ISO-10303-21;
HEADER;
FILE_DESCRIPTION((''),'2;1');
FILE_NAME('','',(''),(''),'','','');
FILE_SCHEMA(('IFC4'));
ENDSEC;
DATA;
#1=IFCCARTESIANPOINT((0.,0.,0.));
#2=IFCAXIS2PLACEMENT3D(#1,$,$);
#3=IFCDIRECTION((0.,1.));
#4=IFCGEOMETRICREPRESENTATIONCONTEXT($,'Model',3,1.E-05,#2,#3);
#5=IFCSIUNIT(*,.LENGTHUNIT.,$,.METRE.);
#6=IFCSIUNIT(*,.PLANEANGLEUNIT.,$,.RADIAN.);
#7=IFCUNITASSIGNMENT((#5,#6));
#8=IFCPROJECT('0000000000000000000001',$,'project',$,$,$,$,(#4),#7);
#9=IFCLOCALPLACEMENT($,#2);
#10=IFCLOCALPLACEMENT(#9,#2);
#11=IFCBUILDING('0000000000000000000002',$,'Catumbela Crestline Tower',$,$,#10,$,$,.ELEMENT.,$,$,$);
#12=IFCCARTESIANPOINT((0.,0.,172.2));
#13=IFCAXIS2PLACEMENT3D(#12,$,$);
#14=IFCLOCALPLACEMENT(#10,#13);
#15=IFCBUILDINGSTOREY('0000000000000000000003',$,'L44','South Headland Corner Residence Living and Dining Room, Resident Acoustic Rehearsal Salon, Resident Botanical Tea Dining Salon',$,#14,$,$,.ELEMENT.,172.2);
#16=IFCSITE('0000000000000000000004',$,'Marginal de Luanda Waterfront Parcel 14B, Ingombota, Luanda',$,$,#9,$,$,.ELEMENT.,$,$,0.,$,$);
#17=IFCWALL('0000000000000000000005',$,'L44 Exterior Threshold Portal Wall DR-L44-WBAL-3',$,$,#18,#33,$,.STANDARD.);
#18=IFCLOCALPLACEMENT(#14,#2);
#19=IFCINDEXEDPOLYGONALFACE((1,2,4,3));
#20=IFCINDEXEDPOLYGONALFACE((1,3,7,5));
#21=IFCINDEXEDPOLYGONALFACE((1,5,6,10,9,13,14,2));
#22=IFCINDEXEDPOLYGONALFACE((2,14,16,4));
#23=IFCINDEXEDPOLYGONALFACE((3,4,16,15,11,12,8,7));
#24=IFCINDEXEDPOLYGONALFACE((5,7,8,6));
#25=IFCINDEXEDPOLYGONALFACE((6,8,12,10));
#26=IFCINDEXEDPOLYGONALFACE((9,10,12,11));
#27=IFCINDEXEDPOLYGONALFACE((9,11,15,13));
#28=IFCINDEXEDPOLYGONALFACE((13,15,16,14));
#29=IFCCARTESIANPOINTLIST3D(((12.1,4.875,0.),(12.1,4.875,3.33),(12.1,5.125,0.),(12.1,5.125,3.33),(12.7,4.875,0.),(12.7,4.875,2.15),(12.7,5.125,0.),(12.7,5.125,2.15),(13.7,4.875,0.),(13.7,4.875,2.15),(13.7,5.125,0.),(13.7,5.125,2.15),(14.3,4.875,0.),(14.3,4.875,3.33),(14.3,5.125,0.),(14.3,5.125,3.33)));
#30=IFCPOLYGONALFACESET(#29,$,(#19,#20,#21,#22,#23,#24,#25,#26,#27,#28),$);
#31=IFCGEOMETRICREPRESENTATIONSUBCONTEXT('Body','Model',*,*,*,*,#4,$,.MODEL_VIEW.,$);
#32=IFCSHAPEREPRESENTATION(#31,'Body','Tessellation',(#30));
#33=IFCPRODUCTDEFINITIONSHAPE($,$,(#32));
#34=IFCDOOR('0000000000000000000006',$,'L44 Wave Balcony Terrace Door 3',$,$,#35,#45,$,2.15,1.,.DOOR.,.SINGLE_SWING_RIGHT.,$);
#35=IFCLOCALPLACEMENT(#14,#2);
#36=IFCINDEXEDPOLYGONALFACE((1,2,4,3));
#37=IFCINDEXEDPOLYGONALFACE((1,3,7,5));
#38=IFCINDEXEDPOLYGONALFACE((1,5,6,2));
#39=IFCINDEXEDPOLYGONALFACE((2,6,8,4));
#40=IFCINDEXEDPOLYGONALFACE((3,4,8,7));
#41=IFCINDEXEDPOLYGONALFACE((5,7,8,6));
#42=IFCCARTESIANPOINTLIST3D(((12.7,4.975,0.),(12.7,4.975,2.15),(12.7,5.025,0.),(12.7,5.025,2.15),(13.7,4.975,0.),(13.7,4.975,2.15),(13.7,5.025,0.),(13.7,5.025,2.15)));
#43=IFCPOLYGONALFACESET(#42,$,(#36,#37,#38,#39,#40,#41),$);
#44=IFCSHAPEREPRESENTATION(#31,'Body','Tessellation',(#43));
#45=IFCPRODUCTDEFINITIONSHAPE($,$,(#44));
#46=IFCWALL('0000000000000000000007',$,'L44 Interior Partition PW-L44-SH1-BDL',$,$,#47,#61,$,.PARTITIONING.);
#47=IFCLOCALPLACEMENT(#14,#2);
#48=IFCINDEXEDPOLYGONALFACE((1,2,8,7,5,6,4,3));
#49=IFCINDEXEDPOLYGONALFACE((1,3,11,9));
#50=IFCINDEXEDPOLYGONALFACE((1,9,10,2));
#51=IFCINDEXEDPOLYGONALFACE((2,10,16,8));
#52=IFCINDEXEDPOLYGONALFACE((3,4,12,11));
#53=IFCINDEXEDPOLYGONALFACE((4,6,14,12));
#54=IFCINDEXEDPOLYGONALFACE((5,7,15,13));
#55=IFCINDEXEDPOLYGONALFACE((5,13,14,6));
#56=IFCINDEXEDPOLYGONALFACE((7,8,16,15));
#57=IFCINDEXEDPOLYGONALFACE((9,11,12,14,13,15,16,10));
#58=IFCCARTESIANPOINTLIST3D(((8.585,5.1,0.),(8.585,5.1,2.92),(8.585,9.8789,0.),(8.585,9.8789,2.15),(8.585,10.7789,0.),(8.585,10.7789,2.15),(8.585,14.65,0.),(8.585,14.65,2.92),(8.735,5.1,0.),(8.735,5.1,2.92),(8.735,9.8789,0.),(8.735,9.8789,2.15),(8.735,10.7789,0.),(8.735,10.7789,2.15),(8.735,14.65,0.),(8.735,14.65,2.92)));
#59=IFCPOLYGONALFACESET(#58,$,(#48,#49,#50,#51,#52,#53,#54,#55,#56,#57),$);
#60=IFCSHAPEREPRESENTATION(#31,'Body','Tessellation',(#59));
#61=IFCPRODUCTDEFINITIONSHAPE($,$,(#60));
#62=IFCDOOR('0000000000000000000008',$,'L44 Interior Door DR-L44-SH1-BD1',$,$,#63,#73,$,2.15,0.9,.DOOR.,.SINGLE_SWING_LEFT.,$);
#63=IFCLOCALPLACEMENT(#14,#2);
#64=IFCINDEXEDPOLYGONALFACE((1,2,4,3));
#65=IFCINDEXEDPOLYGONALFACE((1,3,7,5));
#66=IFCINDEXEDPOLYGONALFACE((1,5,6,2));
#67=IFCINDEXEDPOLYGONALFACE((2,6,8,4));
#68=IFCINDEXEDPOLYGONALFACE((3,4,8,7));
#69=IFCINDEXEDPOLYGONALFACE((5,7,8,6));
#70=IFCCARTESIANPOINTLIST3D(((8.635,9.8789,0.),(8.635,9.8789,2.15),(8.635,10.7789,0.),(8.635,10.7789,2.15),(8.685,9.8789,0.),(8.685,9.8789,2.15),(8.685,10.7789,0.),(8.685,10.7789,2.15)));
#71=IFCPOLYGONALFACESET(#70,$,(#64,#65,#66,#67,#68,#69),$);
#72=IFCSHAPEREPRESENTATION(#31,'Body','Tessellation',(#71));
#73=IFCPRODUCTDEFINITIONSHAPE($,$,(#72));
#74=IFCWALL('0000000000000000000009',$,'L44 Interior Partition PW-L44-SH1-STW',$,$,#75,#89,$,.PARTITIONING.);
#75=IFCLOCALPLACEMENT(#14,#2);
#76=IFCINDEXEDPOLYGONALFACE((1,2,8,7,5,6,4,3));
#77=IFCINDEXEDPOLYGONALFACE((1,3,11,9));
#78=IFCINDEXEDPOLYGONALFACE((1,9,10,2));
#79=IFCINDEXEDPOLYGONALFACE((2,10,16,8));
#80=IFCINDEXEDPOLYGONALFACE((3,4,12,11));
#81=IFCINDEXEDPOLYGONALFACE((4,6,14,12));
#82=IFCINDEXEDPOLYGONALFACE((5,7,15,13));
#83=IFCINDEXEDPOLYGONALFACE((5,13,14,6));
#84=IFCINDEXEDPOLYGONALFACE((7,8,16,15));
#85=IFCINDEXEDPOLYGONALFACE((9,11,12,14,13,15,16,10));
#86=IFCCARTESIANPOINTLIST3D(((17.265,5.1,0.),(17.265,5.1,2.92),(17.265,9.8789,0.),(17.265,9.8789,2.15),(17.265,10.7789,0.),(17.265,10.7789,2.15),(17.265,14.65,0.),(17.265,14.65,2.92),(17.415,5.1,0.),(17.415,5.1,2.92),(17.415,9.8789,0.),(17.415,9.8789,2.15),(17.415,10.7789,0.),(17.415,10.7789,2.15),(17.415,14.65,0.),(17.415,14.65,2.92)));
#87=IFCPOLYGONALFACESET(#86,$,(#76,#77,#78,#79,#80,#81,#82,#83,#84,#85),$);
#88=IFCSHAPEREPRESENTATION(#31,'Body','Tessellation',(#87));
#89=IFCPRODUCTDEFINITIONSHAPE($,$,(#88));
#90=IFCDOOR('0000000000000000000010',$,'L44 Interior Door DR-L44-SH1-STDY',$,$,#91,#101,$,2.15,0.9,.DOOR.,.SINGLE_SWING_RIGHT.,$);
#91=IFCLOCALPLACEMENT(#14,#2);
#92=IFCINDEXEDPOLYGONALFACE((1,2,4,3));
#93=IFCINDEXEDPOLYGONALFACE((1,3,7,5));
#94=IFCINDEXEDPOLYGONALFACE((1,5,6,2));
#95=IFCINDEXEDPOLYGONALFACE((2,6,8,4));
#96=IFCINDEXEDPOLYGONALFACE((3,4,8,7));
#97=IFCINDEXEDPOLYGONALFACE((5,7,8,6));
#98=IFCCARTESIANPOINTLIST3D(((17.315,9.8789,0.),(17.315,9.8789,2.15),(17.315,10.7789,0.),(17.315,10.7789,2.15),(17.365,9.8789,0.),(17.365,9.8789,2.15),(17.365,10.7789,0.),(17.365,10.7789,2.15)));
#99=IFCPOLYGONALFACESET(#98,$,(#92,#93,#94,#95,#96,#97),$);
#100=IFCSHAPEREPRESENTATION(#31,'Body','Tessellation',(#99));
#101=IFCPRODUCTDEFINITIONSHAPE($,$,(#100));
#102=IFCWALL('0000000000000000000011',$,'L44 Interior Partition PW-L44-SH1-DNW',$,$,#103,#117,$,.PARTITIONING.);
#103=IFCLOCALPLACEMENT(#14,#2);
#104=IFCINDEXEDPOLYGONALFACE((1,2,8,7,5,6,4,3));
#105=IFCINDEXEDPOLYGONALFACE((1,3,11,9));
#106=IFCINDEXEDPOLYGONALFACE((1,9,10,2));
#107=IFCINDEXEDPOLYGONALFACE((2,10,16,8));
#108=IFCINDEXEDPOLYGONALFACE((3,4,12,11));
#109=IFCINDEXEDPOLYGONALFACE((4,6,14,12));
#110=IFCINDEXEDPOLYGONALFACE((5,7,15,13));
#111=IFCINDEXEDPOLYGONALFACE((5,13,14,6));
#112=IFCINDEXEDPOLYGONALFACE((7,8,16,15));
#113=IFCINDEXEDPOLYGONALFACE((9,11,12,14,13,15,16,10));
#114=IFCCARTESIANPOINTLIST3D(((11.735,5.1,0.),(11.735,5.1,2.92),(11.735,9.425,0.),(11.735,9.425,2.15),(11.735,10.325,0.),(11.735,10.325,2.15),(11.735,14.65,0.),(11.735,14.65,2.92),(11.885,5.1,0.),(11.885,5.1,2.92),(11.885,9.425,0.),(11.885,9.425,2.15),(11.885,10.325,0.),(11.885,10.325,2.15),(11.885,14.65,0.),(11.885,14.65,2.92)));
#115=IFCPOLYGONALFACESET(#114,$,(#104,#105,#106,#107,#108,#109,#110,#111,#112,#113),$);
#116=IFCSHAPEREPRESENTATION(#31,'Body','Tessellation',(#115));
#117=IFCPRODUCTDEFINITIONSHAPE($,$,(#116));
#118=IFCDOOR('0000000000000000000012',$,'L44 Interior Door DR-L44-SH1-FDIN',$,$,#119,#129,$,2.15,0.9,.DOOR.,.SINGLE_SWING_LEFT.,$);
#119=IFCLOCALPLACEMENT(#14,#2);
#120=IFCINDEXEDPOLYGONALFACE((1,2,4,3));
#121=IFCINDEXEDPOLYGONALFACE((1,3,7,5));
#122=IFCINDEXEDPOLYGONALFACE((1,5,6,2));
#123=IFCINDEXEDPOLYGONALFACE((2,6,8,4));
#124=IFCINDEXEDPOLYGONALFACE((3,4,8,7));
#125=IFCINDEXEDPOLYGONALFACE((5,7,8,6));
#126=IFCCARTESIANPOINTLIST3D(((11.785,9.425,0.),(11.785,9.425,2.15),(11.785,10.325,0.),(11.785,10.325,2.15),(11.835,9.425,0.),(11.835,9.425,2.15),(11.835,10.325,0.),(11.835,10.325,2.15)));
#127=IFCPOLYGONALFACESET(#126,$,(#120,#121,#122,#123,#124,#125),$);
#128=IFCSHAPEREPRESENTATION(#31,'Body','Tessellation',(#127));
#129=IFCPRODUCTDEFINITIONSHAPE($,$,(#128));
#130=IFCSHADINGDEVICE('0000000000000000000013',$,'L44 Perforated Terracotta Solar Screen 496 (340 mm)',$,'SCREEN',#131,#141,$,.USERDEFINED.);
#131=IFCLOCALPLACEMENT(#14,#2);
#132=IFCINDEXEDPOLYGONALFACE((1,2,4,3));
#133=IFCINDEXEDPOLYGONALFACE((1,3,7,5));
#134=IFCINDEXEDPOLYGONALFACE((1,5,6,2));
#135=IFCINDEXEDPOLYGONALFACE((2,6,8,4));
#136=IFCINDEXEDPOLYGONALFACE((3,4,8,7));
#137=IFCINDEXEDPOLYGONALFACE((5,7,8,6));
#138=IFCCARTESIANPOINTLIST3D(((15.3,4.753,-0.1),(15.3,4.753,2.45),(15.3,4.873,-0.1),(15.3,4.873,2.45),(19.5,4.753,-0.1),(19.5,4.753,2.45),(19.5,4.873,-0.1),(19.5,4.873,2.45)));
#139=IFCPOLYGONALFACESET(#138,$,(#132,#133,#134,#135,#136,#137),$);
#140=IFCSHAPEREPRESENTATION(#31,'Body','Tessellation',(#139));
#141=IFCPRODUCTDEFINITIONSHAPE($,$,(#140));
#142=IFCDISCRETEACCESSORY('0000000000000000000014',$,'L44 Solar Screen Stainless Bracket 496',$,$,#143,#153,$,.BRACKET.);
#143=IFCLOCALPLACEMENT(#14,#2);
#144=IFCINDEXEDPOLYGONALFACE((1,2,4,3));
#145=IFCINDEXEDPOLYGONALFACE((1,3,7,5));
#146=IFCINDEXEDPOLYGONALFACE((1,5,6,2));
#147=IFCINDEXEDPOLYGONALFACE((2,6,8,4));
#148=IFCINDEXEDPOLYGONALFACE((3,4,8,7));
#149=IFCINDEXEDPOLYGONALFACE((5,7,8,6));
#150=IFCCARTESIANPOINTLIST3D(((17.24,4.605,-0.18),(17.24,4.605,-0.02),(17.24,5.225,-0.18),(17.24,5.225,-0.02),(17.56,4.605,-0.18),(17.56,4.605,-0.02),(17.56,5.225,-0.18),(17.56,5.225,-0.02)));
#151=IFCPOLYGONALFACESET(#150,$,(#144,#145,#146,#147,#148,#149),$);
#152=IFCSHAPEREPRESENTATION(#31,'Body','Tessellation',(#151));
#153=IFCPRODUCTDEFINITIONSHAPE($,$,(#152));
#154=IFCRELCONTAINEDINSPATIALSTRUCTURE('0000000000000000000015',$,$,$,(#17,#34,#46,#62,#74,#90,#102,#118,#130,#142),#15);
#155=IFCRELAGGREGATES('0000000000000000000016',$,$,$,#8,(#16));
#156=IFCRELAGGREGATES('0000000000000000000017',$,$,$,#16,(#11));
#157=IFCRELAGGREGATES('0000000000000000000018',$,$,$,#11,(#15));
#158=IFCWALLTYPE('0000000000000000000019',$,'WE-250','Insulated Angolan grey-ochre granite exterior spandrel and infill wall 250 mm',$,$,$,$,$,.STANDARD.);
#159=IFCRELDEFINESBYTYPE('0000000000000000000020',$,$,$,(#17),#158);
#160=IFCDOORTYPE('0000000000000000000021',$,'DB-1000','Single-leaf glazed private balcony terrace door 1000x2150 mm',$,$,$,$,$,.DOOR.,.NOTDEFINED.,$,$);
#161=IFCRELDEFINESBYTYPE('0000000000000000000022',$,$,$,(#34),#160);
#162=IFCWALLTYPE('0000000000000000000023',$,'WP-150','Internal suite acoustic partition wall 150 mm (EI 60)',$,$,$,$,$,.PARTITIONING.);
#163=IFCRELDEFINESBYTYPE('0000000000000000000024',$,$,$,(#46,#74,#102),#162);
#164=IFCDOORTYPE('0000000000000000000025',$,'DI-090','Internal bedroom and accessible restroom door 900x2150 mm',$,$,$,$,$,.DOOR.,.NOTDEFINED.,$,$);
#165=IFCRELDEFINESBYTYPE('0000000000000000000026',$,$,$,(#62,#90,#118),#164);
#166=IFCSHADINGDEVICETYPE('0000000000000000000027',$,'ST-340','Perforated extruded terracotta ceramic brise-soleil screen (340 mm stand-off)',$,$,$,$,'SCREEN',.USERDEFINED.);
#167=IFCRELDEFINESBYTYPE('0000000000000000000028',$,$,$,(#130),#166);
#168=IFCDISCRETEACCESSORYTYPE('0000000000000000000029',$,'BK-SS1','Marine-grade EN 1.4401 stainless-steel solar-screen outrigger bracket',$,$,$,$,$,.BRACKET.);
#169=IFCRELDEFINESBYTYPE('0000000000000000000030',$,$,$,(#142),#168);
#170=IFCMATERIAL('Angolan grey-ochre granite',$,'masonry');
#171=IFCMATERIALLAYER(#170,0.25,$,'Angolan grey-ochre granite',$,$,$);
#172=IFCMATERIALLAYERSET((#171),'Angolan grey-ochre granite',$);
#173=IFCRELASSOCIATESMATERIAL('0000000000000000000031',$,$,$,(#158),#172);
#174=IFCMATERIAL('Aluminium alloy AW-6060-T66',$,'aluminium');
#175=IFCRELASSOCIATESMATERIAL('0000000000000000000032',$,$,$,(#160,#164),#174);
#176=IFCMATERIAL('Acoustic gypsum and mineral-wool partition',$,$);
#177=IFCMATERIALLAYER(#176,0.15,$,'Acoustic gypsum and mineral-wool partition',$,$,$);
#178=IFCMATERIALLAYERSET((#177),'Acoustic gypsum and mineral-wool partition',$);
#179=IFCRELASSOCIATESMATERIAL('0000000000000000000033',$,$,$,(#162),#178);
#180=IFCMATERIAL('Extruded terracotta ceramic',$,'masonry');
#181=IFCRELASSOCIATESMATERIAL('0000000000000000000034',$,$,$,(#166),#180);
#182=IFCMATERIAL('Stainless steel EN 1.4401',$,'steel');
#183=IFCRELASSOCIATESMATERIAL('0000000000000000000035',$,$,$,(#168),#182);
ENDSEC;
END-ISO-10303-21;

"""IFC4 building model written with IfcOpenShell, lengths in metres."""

from ifc_helpers import new_model, si_unit, direction, frame, frame_2d, origin, origin_2d, place, context, subcontext, project, spatial, rectangle, extrude, material, layer, layer_set, type_object, element, fill, save


model = new_model("IFC4")

# Units and contexts
model_context = context("Model", 3, precision=1e-05, world=origin(), true_north=direction((0.0, 1.0)))
body_context = subcontext(model_context, "Body", "Model", "MODEL_VIEW")
ifc_project = project(units=[si_unit("LENGTHUNIT", "METRE"), si_unit("PLANEANGLEUNIT", "RADIAN")], contexts=[model_context])

# Site, building, storey
site_placement = place(None, origin())
site = spatial("IfcSite", under=ifc_project, at=site_placement, Name="Marginal de Luanda Waterfront Parcel 14B, Ingombota, Luanda", CompositionType="ELEMENT", RefElevation=0.0)
building_placement = place(site_placement, origin())
building = spatial("IfcBuilding", under=site, at=building_placement, Name="Catumbela Crestline Tower", CompositionType="ELEMENT")
storey_placement = place(building_placement, frame((0.0, 0.0, 172.2)))
storey = spatial("IfcBuildingStorey", under=building, at=storey_placement, Name="L44", Description="South Headland Corner Residence Living and Dining Room, Resident Acoustic Rehearsal Salon, Resident Botanical Tea Dining Salon", CompositionType="ELEMENT", Elevation=172.2)

# Shared definitions
ifc_material_1 = material(Name="Aluminium alloy AW-6060-T66", Category="aluminium")

# Walls, openings, doors
ifc_material_2 = material(Name="Angolan grey-ochre granite", Category="masonry")
ifc_layer_1 = layer(ifc_material_2, 0.25, Name="Angolan grey-ochre granite")
ifc_layer_set_1 = layer_set([ifc_layer_1], Name="Angolan grey-ochre granite")
wall_type_1 = type_object("IfcWallType", Name="WE-250", Description="Insulated Angolan grey-ochre granite exterior spandrel and infill wall 250 mm", PredefinedType="STANDARD", material=ifc_layer_set_1)
wall_1_placement = place(storey_placement, frame((12.1, 5.0, 0.0), z_axis=(0.0, 0.0, 1.0), x_axis=(1.0, 0.0, 0.0)))
wall_1 = element("IfcWall", 1, at=wall_1_placement, inside=storey, type_object=wall_type_1, Name="L44 Exterior Threshold Portal Wall DR-L44-WBAL-3", PredefinedType="STANDARD", context=body_context, shape_type="SweptSolid", body=[
    extrude(rectangle(XDim=2.2, YDim=0.25, at=frame_2d((1.1, 0.0))), origin(), (0.0, 0.0, 1.0), 3.33),
])
opening_1_placement = place(wall_1_placement, frame((0.6, 0.0, 0.0)))
opening_1 = element("IfcOpeningElement", 2, at=opening_1_placement, cuts=wall_1, PredefinedType="OPENING", context=body_context, shape_type="SweptSolid", body=[
    extrude(rectangle(XDim=1.0, YDim=2.15, at=frame_2d((0.5, 1.075))), frame((0.0, 0.135, 0.0), z_axis=(0.0, -1.0, 0.0), x_axis=(1.0, 0.0, 0.0)), (0.0, 0.0, 1.0), 0.27),
])
door_type_1 = type_object("IfcDoorType", Name="DB-1000", Description="Single-leaf glazed private balcony terrace door 1000x2150 mm", OperationType="NOTDEFINED", PredefinedType="DOOR", material=ifc_material_1)
door_1_placement = place(opening_1_placement, origin())
door_1 = element("IfcDoor", 3, at=door_1_placement, inside=storey, type_object=door_type_1, Name="L44 Wave Balcony Terrace Door 3", OperationType="SINGLE_SWING_RIGHT", OverallHeight=2.15, OverallWidth=1.0, PredefinedType="DOOR", context=body_context, shape_type="SweptSolid", body=[
    extrude(rectangle(XDim=1.0, YDim=2.15, at=frame_2d((0.5, 1.075))), frame((0.0, 0.025, 0.0), z_axis=(0.0, -1.0, 0.0), x_axis=(1.0, 0.0, 0.0)), (0.0, 0.0, 1.0), 0.05),
])
fill(opening_1, door_1)
ifc_material_3 = material(Name="Acoustic gypsum and mineral-wool partition")
ifc_layer_2 = layer(ifc_material_3, 0.15, Name="Acoustic gypsum and mineral-wool partition")
ifc_layer_set_2 = layer_set([ifc_layer_2], Name="Acoustic gypsum and mineral-wool partition")
wall_type_2 = type_object("IfcWallType", Name="WP-150", Description="Internal suite acoustic partition wall 150 mm (EI 60)", PredefinedType="PARTITIONING", material=ifc_layer_set_2)
wall_2_placement = place(storey_placement, frame((8.66, 5.1, 0.0), z_axis=(0.0, 0.0, 1.0), x_axis=(0.0, 1.0, 0.0)))
wall_2 = element("IfcWall", 4, at=wall_2_placement, inside=storey, type_object=wall_type_2, Name="L44 Interior Partition PW-L44-SH1-BDL", PredefinedType="PARTITIONING", context=body_context, shape_type="SweptSolid", body=[
    extrude(rectangle(XDim=9.55, YDim=0.15, at=frame_2d((4.775, 0.0))), origin(), (0.0, 0.0, 1.0), 2.92),
])
opening_2_placement = place(wall_2_placement, frame((4.7789, 0.0, 0.0)))
opening_2 = element("IfcOpeningElement", 5, at=opening_2_placement, cuts=wall_2, PredefinedType="OPENING", context=body_context, shape_type="SweptSolid", body=[
    extrude(rectangle(XDim=0.9, YDim=2.15, at=frame_2d((0.45, 1.075))), frame((0.0, 0.085, 0.0), z_axis=(0.0, -1.0, 0.0), x_axis=(1.0, 0.0, 0.0)), (0.0, 0.0, 1.0), 0.17),
])
door_type_2 = type_object("IfcDoorType", Name="DI-090", Description="Internal bedroom and accessible restroom door 900x2150 mm", OperationType="NOTDEFINED", PredefinedType="DOOR", material=ifc_material_1)
door_2_placement = place(opening_2_placement, origin())
door_2 = element("IfcDoor", 6, at=door_2_placement, inside=storey, type_object=door_type_2, Name="L44 Interior Door DR-L44-SH1-BD1", OperationType="SINGLE_SWING_LEFT", OverallHeight=2.15, OverallWidth=0.9, PredefinedType="DOOR", context=body_context, shape_type="SweptSolid", body=[
    extrude(rectangle(XDim=0.9, YDim=2.15, at=frame_2d((0.45, 1.075))), frame((0.0, 0.025, 0.0), z_axis=(0.0, -1.0, 0.0), x_axis=(1.0, 0.0, 0.0)), (0.0, 0.0, 1.0), 0.05),
])
fill(opening_2, door_2)
wall_3_placement = place(storey_placement, frame((17.34, 5.1, 0.0), z_axis=(0.0, 0.0, 1.0), x_axis=(0.0, 1.0, 0.0)))
wall_3 = element("IfcWall", 7, at=wall_3_placement, inside=storey, type_object=wall_type_2, Name="L44 Interior Partition PW-L44-SH1-STW", PredefinedType="PARTITIONING", context=body_context, shape_type="SweptSolid", body=[
    extrude(rectangle(XDim=9.55, YDim=0.15, at=frame_2d((4.775, 0.0))), origin(), (0.0, 0.0, 1.0), 2.92),
])
opening_3_placement = place(wall_3_placement, frame((4.7789, 0.0, 0.0)))
opening_3 = element("IfcOpeningElement", 8, at=opening_3_placement, cuts=wall_3, PredefinedType="OPENING", context=body_context, shape_type="SweptSolid", body=[
    extrude(rectangle(XDim=0.9, YDim=2.15, at=frame_2d((0.45, 1.075))), frame((0.0, 0.085, 0.0), z_axis=(0.0, -1.0, 0.0), x_axis=(1.0, 0.0, 0.0)), (0.0, 0.0, 1.0), 0.17),
])
door_3_placement = place(opening_3_placement, origin())
door_3 = element("IfcDoor", 9, at=door_3_placement, inside=storey, type_object=door_type_2, Name="L44 Interior Door DR-L44-SH1-STDY", OperationType="SINGLE_SWING_RIGHT", OverallHeight=2.15, OverallWidth=0.9, PredefinedType="DOOR", context=body_context, shape_type="SweptSolid", body=[
    extrude(rectangle(XDim=0.9, YDim=2.15, at=frame_2d((0.45, 1.075))), frame((0.0, 0.025, 0.0), z_axis=(0.0, -1.0, 0.0), x_axis=(1.0, 0.0, 0.0)), (0.0, 0.0, 1.0), 0.05),
])
fill(opening_3, door_3)
wall_4_placement = place(storey_placement, frame((11.81, 5.1, 0.0), z_axis=(0.0, 0.0, 1.0), x_axis=(0.0, 1.0, 0.0)))
wall_4 = element("IfcWall", 10, at=wall_4_placement, inside=storey, type_object=wall_type_2, Name="L44 Interior Partition PW-L44-SH1-DNW", PredefinedType="PARTITIONING", context=body_context, shape_type="SweptSolid", body=[
    extrude(rectangle(XDim=9.55, YDim=0.15, at=frame_2d((4.775, 0.0))), origin(), (0.0, 0.0, 1.0), 2.92),
])
opening_4_placement = place(wall_4_placement, frame((4.325, 0.0, 0.0)))
opening_4 = element("IfcOpeningElement", 11, at=opening_4_placement, cuts=wall_4, PredefinedType="OPENING", context=body_context, shape_type="SweptSolid", body=[
    extrude(rectangle(XDim=0.9, YDim=2.15, at=frame_2d((0.45, 1.075))), frame((0.0, 0.085, 0.0), z_axis=(0.0, -1.0, 0.0), x_axis=(1.0, 0.0, 0.0)), (0.0, 0.0, 1.0), 0.17),
])
door_4_placement = place(opening_4_placement, origin())
door_4 = element("IfcDoor", 12, at=door_4_placement, inside=storey, type_object=door_type_2, Name="L44 Interior Door DR-L44-SH1-FDIN", OperationType="SINGLE_SWING_LEFT", OverallHeight=2.15, OverallWidth=0.9, PredefinedType="DOOR", context=body_context, shape_type="SweptSolid", body=[
    extrude(rectangle(XDim=0.9, YDim=2.15, at=frame_2d((0.45, 1.075))), frame((0.0, 0.025, 0.0), z_axis=(0.0, -1.0, 0.0), x_axis=(1.0, 0.0, 0.0)), (0.0, 0.0, 1.0), 0.05),
])
fill(opening_4, door_4)

# Shared definitions
ifc_material_4 = material(Name="Stainless steel EN 1.4401", Category="steel")

# Shading device
ifc_material_5 = material(Name="Extruded terracotta ceramic", Category="masonry")
shading_device_type = type_object("IfcShadingDeviceType", Name="ST-340", Description="Perforated extruded terracotta ceramic brise-soleil screen (340 mm stand-off)", ElementType="SCREEN", PredefinedType="USERDEFINED", material=ifc_material_5)
shading_device_placement = place(storey_placement, frame((17.4, 4.813, -0.1), z_axis=(0.0, 0.0, 1.0), x_axis=(1.0, 0.0, 0.0)))
element("IfcShadingDevice", 13, at=shading_device_placement, inside=storey, type_object=shading_device_type, Name="L44 Perforated Terracotta Solar Screen 496 (340 mm)", ObjectType="SCREEN", PredefinedType="USERDEFINED", context=body_context, shape_type="SweptSolid", body=[
    extrude(rectangle(XDim=4.2, YDim=0.12, at=origin_2d()), origin(), (0.0, 0.0, 1.0), 2.55),
])

# Discrete accessory
discrete_accessory_type = type_object("IfcDiscreteAccessoryType", Name="BK-SS1", Description="Marine-grade EN 1.4401 stainless-steel solar-screen outrigger bracket", PredefinedType="BRACKET", material=ifc_material_4)
discrete_accessory_placement = place(storey_placement, frame((17.4, 4.915, -0.18), z_axis=(0.0, 0.0, 1.0), x_axis=(1.0, 0.0, 0.0)))
element("IfcDiscreteAccessory", 14, at=discrete_accessory_placement, inside=storey, type_object=discrete_accessory_type, Name="L44 Solar Screen Stainless Bracket 496", PredefinedType="BRACKET", context=body_context, shape_type="SweptSolid", body=[
    extrude(rectangle(XDim=0.32, YDim=0.62, at=origin_2d()), origin(), (0.0, 0.0, 1.0), 0.16),
])

save(model, "model.ifc")
